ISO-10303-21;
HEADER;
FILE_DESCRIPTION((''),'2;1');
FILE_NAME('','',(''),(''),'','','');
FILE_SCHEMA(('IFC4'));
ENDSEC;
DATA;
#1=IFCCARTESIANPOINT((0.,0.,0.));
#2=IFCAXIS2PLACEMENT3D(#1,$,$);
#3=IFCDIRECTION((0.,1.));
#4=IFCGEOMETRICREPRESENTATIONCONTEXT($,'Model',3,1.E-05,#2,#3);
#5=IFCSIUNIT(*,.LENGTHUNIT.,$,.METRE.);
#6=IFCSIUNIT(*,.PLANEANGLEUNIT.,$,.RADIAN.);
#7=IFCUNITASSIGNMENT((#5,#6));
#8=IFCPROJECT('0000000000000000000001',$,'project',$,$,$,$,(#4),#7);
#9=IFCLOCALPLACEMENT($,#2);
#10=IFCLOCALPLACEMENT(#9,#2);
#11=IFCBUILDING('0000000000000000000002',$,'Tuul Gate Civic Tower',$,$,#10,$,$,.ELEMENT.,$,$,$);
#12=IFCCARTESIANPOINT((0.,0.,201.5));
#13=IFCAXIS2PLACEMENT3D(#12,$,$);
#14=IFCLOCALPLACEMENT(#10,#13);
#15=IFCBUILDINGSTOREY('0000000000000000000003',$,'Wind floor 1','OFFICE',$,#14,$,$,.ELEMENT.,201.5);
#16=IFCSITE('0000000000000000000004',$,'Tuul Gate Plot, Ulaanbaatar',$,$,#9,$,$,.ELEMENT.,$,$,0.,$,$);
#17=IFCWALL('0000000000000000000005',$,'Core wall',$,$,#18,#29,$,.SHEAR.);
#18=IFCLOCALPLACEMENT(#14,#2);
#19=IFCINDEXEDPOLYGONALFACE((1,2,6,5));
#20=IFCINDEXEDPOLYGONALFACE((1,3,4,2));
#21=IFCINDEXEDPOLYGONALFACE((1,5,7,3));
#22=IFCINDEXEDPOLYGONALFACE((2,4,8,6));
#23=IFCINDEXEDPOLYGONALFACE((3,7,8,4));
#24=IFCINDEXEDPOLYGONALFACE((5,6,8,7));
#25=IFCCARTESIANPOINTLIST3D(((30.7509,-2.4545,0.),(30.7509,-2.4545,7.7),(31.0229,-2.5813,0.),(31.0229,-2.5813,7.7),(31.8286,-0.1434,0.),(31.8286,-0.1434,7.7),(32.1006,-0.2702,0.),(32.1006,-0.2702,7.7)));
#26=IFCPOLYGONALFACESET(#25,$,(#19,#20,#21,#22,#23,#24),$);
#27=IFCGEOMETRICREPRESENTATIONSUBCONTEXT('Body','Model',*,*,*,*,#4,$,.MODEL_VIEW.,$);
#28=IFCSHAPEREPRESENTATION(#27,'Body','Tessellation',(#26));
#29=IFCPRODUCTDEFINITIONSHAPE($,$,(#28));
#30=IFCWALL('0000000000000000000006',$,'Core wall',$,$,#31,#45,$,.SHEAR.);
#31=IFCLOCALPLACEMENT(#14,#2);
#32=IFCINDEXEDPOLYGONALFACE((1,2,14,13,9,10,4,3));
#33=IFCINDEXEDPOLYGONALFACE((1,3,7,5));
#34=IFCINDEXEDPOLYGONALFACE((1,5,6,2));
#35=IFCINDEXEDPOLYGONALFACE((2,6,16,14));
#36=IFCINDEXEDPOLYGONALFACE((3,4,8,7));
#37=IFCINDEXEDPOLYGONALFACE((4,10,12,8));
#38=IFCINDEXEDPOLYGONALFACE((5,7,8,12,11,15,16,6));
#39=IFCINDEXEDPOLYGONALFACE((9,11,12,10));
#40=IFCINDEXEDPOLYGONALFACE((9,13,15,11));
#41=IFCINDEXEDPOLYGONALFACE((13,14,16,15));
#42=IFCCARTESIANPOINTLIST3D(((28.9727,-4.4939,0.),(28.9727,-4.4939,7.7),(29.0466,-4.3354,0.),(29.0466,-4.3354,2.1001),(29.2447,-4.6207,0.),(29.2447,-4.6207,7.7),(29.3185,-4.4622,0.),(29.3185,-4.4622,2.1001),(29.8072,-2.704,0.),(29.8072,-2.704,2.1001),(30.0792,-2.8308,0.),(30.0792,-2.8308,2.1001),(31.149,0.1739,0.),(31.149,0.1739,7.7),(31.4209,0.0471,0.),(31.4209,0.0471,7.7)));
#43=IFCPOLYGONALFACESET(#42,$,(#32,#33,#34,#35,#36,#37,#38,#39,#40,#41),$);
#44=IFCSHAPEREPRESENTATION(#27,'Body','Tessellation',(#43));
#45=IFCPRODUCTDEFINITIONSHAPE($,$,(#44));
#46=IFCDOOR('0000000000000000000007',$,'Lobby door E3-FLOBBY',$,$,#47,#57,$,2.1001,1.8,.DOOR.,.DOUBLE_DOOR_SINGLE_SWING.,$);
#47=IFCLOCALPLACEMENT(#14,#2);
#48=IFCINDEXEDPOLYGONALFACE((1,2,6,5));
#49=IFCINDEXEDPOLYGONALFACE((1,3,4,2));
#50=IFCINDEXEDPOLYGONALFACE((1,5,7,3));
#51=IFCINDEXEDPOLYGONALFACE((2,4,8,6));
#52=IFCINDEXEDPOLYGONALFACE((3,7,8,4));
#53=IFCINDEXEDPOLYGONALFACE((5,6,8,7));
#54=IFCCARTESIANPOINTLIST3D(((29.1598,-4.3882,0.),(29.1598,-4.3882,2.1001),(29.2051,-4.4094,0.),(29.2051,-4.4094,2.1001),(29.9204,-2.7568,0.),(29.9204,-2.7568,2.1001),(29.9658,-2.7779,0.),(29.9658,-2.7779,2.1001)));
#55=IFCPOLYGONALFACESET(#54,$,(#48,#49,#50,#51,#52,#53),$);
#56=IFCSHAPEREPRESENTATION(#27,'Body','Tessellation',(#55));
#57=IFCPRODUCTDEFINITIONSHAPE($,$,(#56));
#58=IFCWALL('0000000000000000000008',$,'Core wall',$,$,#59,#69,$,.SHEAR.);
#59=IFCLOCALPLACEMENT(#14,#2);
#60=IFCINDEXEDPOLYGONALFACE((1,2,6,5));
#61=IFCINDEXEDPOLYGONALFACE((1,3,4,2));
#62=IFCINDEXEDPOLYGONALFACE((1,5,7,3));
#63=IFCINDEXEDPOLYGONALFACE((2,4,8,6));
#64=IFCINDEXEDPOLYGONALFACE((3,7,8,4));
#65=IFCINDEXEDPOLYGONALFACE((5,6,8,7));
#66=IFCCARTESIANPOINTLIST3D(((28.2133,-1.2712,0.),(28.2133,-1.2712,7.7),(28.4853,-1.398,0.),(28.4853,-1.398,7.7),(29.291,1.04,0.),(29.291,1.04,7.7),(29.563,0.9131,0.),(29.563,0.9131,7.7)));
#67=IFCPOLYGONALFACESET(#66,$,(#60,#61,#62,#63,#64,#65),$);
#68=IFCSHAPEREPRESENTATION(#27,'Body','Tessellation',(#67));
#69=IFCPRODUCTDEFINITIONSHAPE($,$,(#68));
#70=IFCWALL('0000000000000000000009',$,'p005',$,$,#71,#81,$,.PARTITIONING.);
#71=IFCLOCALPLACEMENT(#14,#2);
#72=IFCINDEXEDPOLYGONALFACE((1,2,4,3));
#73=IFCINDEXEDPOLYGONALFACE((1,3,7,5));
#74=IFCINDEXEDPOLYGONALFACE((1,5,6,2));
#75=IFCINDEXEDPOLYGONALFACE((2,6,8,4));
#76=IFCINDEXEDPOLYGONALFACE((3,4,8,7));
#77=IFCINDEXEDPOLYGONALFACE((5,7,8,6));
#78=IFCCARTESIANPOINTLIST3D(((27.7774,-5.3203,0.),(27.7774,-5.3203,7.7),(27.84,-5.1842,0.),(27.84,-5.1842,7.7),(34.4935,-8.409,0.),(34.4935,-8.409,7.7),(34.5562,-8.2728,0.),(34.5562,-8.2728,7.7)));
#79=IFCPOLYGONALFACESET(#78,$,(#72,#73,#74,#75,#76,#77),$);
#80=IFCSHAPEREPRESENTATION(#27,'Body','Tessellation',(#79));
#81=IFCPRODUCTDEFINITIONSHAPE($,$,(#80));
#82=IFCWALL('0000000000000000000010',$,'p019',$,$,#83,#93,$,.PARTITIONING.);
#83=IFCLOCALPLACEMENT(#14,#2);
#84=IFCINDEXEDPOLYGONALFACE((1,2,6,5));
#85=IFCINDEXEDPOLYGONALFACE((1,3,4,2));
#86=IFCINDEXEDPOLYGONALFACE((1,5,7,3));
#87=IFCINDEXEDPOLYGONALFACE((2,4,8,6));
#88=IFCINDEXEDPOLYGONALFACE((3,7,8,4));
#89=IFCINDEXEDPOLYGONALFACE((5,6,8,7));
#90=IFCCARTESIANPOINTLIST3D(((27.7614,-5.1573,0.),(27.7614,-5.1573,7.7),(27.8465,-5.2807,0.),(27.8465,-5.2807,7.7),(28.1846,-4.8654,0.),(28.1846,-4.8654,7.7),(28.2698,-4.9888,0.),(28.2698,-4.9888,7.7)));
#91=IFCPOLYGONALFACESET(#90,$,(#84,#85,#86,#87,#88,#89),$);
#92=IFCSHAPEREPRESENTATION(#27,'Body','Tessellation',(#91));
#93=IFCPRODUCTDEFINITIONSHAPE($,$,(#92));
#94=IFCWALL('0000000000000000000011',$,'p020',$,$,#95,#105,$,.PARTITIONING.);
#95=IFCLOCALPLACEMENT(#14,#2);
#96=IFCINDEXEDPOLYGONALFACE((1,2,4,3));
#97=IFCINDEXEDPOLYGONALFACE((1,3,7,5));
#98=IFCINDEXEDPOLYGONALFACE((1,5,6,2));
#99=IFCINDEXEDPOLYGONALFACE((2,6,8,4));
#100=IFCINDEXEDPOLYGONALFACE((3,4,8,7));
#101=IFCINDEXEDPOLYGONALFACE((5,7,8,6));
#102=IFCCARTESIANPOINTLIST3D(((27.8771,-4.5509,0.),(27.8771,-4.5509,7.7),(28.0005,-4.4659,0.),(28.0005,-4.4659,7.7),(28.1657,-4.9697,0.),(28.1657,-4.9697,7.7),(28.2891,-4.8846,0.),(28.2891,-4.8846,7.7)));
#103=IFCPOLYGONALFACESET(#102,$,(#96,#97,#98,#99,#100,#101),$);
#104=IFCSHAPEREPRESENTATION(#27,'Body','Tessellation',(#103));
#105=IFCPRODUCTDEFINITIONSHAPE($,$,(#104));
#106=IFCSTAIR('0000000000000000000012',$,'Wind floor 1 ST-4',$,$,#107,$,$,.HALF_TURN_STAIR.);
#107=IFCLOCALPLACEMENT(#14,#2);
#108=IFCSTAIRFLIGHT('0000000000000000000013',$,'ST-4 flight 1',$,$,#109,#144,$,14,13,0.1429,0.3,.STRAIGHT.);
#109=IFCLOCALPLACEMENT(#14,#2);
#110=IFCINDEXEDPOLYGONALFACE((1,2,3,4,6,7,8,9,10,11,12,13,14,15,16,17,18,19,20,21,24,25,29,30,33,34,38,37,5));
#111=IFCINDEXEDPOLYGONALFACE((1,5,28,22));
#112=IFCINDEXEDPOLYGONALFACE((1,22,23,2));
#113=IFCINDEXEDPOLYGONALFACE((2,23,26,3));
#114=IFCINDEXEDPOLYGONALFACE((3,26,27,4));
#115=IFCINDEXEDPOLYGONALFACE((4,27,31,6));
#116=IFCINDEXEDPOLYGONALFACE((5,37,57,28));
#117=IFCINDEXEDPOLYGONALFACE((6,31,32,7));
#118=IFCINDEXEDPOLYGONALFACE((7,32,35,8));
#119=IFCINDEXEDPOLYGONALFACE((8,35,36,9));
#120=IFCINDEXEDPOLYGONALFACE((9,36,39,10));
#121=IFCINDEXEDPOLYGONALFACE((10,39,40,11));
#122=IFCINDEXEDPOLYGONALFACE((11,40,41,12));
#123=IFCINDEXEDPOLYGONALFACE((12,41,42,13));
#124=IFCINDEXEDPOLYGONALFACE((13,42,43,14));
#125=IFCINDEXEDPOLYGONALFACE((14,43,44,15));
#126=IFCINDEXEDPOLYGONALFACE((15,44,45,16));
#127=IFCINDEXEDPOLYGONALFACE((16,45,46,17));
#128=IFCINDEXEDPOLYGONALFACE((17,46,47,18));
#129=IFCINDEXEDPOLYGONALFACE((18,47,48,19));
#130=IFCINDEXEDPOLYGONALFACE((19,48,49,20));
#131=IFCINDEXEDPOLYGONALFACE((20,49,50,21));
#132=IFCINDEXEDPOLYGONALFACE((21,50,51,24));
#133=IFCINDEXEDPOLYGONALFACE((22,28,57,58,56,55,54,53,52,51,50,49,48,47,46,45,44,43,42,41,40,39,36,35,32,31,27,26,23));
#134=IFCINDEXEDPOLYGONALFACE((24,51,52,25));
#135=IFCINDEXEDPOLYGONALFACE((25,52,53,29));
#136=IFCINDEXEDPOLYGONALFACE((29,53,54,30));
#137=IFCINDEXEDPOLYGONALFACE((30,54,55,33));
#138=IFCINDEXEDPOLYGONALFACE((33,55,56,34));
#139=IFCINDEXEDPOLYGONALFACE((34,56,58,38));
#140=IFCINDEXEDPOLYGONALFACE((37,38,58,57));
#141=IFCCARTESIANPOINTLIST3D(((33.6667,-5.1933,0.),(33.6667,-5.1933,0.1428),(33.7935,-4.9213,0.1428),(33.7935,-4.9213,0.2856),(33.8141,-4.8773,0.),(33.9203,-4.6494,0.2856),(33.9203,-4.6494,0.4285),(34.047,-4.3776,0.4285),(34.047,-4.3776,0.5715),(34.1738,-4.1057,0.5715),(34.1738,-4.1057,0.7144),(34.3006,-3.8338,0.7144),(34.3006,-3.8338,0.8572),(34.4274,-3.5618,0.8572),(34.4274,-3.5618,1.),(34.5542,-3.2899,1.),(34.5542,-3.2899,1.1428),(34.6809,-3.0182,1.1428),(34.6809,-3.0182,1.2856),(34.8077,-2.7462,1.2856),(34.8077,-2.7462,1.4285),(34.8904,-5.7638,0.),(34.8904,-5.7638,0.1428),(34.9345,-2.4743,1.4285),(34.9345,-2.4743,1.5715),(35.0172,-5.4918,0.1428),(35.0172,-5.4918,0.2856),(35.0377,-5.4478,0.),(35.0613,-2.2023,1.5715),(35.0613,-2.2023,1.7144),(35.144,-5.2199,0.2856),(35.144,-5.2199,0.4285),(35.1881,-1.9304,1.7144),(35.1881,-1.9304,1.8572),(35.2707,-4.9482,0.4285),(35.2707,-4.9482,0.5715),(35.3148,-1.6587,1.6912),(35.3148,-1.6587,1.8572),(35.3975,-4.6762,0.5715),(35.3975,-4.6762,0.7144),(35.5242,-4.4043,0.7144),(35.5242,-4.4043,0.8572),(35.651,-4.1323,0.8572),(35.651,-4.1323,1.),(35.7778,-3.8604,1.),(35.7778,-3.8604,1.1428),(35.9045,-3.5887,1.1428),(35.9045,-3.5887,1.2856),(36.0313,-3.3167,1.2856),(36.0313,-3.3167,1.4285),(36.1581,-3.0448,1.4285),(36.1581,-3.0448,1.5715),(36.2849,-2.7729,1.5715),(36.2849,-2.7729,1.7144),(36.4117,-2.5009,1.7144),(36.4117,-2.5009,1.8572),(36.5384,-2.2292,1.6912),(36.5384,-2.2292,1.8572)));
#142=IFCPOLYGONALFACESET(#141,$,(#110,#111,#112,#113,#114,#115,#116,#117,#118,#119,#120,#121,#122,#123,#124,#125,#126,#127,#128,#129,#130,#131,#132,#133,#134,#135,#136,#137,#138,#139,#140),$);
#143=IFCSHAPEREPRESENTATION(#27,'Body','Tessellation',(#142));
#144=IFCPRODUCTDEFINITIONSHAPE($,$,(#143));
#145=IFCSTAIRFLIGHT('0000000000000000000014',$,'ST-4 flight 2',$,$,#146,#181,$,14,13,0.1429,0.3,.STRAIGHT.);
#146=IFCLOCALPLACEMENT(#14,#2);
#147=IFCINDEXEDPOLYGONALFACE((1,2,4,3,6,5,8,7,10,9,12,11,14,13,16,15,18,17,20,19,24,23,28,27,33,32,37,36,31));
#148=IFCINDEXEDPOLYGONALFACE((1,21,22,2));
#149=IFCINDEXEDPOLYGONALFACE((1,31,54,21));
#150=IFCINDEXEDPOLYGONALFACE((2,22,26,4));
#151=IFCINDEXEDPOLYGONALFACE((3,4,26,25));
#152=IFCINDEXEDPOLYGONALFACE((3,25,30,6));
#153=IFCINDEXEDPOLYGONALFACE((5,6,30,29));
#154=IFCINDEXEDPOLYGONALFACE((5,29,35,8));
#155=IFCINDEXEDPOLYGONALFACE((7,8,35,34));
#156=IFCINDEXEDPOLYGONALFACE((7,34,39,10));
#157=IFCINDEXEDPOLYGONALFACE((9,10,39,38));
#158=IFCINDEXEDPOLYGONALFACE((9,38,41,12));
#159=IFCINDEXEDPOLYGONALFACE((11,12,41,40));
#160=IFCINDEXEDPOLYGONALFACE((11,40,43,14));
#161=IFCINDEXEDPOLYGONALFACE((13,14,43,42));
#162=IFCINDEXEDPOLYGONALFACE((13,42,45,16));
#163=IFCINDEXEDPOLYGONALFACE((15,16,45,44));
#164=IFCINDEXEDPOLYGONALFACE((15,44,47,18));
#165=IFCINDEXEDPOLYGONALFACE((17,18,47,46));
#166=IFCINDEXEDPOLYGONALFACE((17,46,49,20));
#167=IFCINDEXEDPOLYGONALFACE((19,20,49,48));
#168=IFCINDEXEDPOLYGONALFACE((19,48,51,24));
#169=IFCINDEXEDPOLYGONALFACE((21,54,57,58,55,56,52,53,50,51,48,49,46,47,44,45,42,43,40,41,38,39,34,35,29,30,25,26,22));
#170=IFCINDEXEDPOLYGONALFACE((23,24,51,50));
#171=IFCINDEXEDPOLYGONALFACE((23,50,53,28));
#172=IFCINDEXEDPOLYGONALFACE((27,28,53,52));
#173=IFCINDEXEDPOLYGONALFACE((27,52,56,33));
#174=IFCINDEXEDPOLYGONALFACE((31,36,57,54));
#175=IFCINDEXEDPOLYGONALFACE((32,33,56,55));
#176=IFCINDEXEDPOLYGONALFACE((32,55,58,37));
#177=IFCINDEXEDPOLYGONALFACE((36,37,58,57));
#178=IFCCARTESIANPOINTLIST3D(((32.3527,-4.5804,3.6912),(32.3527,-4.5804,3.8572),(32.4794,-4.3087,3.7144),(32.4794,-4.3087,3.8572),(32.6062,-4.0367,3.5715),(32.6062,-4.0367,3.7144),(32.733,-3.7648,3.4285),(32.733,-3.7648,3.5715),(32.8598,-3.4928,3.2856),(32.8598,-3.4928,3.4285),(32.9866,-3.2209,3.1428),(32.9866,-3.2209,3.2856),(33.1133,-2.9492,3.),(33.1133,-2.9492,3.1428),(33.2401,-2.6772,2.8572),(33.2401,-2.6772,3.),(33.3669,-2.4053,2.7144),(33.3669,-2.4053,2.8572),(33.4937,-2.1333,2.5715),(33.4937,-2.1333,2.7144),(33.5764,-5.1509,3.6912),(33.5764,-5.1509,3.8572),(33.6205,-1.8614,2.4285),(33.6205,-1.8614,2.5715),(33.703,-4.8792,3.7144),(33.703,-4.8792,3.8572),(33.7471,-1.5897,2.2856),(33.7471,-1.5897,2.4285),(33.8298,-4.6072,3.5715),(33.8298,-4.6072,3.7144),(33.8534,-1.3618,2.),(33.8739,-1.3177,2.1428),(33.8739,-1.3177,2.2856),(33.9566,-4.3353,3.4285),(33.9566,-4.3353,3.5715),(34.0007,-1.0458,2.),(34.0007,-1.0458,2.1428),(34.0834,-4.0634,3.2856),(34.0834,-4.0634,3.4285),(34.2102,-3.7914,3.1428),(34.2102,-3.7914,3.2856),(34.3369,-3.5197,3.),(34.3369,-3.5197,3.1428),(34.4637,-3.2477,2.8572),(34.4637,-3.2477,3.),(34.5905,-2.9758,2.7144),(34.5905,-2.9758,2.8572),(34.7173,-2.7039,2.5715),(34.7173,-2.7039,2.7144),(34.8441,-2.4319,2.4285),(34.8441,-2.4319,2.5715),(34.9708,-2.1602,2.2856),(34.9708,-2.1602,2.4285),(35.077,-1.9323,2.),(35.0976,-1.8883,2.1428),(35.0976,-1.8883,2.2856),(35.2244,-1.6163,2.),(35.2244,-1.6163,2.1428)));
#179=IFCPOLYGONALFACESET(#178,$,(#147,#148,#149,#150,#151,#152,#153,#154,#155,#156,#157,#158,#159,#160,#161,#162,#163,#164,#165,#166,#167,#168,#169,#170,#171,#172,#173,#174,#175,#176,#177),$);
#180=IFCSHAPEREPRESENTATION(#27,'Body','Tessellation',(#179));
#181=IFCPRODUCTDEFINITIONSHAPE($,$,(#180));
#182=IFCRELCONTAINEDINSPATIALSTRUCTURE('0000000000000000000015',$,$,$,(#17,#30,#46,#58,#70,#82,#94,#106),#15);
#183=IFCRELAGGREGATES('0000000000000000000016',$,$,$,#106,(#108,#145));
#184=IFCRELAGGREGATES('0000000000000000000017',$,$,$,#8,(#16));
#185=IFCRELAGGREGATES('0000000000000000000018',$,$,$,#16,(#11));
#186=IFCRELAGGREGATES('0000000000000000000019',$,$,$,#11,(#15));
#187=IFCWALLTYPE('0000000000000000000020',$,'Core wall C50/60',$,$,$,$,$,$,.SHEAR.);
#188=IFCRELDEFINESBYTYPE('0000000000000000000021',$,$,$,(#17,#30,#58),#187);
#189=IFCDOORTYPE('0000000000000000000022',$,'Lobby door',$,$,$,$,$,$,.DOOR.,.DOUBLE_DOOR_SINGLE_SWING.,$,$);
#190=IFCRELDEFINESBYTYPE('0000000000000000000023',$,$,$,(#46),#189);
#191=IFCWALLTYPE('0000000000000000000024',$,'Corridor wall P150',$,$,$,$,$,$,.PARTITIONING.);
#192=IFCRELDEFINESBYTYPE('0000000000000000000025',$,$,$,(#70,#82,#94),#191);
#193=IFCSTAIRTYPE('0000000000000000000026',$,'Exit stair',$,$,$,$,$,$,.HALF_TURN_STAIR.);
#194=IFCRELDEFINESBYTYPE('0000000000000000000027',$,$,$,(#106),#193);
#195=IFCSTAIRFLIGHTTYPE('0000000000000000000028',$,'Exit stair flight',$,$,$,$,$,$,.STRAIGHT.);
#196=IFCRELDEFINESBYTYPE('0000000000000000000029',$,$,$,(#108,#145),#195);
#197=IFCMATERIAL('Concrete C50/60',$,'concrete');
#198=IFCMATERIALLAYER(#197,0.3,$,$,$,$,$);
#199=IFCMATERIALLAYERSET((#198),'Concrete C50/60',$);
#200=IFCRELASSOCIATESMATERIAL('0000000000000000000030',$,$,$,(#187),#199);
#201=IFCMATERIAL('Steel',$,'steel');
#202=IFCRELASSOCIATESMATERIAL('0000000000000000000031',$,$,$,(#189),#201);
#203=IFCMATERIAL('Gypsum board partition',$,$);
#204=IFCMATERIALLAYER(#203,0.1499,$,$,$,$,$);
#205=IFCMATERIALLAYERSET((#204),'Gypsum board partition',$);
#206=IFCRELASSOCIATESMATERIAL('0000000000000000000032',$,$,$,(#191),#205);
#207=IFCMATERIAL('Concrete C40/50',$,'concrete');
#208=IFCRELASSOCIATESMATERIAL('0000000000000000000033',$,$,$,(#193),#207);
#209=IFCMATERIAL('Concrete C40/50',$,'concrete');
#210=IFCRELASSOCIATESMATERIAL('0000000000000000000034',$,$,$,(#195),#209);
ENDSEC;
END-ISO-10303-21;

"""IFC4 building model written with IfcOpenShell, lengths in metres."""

from ifc_helpers import new_model, si_unit, direction, frame, frame_2d, origin, place, context, subcontext, project, spatial, polyline, rectangle, outline, extrude, material, layer, layer_set, type_object, element, fill, aggregate, save


model = new_model("IFC4")

# Units and contexts
model_context = context("Model", 3, precision=1e-05, world=origin(), true_north=direction((0.0, 1.0)))
body_context = subcontext(model_context, "Body", "Model", "MODEL_VIEW")
ifc_project = project(units=[si_unit("LENGTHUNIT", "METRE"), si_unit("PLANEANGLEUNIT", "RADIAN")], contexts=[model_context])

# Site, building, storey
site_placement = place(None, origin())
site = spatial("IfcSite", under=ifc_project, at=site_placement, Name="Tuul Gate Plot, Ulaanbaatar", CompositionType="ELEMENT", RefElevation=0.0)
building_placement = place(site_placement, origin())
building = spatial("IfcBuilding", under=site, at=building_placement, Name="Tuul Gate Civic Tower", CompositionType="ELEMENT")
storey_placement = place(building_placement, frame((0.0, 0.0, 201.5)))
storey = spatial("IfcBuildingStorey", under=building, at=storey_placement, Name="Wind floor 1", Description="OFFICE", CompositionType="ELEMENT", Elevation=201.5)

# Shared definitions
ifc_material_1 = material(Name="Concrete C50/60", Category="concrete")
ifc_layer_1 = layer(ifc_material_1, 0.3)
ifc_layer_set_1 = layer_set([ifc_layer_1], Name="Concrete C50/60")
wall_type_1 = type_object("IfcWallType", Name="Core wall C50/60", PredefinedType="SHEAR", material=ifc_layer_set_1)
ifc_material_2 = material(Name="Steel", Category="steel")
door_type_1 = type_object("IfcDoorType", Name="Lobby door", OperationType="DOUBLE_DOOR_SINGLE_SWING", PredefinedType="DOOR", material=ifc_material_2)

# Wall
wall_1_placement = place(storey_placement, frame((30.887, -2.5178, 0.0), z_axis=(0.0, 0.0, 1.0), x_axis=(0.422613, 0.90631, 0.0)))
element("IfcWall", 1, at=wall_1_placement, inside=storey, type_object=wall_type_1, Name="Core wall", PredefinedType="SHEAR", context=body_context, shape_type="SweptSolid", body=[
    extrude(rectangle(XDim=2.55, YDim=0.3, at=frame_2d((1.2749, 0.0))), origin(), (0.0, 0.0, 1.0), 7.7),
])

# Wall, opening, door
wall_2_placement = place(storey_placement, frame((29.1086, -4.5574, 0.0), z_axis=(0.0, 0.0, 1.0), x_axis=(0.422566, 0.906332, 0.0)))
wall_2 = element("IfcWall", 2, at=wall_2_placement, inside=storey, type_object=wall_type_1, Name="Core wall", PredefinedType="SHEAR", context=body_context, shape_type="SweptSolid", body=[
    extrude(rectangle(XDim=5.1501, YDim=0.3, at=frame_2d((2.5752, 0.0))), origin(), (0.0, 0.0, 1.0), 7.7),
])
opening_1_placement = place(wall_2_placement, frame((0.175, 0.0, 0.0)))
opening_1 = element("IfcOpeningElement", 3, at=opening_1_placement, cuts=wall_2, PredefinedType="OPENING", context=body_context, shape_type="SweptSolid", body=[
    extrude(rectangle(XDim=1.8, YDim=2.1001, at=frame_2d((0.8999, 1.05))), frame((0.0, 0.1602, 0.0), z_axis=(0.0, -1.0, 0.0), x_axis=(1.0, 0.0, 0.0)), (0.0, 0.0, 1.0), 0.3201),
])
door_1_placement = place(opening_1_placement, frame((1.8, 0.0, 0.0), z_axis=(0.0, 0.0, 1.0), x_axis=(-1.0, 0.0, 0.0)))
door_1 = element("IfcDoor", 4, at=door_1_placement, inside=storey, type_object=door_type_1, Name="Lobby door E3-FLOBBY", OperationType="DOUBLE_DOOR_SINGLE_SWING", OverallHeight=2.1001, OverallWidth=1.8, PredefinedType="DOOR", context=body_context, shape_type="SweptSolid", body=[
    extrude(rectangle(XDim=1.8, YDim=2.1001, at=frame_2d((0.9001, 1.05))), frame((0.0, 0.0249, 0.0), z_axis=(0.0, -1.0, 0.0), x_axis=(1.0, 0.0, 0.0)), (0.0, 0.0, 1.0), 0.05),
])
fill(opening_1, door_1)

# Walls
wall_3_placement = place(storey_placement, frame((28.3494, -1.3345, 0.0), z_axis=(0.0, 0.0, 1.0), x_axis=(0.422613, 0.90631, 0.0)))
element("IfcWall", 5, at=wall_3_placement, inside=storey, type_object=wall_type_1, Name="Core wall", PredefinedType="SHEAR", context=body_context, shape_type="SweptSolid", body=[
    extrude(rectangle(XDim=2.55, YDim=0.3, at=frame_2d((1.2749, 0.0))), origin(), (0.0, 0.0, 1.0), 7.7),
])
ifc_material_3 = material(Name="Gypsum board partition")
ifc_layer_2 = layer(ifc_material_3, 0.1499)
ifc_layer_set_2 = layer_set([ifc_layer_2], Name="Gypsum board partition")
wall_type_2 = type_object("IfcWallType", Name="Corridor wall P150", PredefinedType="PARTITIONING", material=ifc_layer_set_2)
wall_4_placement = place(storey_placement, frame((27.8086, -5.2522, 0.0), z_axis=(0.0, 0.0, 1.0), x_axis=(0.90853, -0.41782, 0.0)))
element("IfcWall", 6, at=wall_4_placement, inside=storey, type_object=wall_type_2, Name="p005", PredefinedType="PARTITIONING", context=body_context, shape_type="SweptSolid", body=[
    extrude(rectangle(XDim=7.3923, YDim=0.1499, at=frame_2d((3.6963, 0.0))), origin(), (0.0, 0.0, 1.0), 7.7),
])
wall_5_placement = place(storey_placement, frame((27.804, -5.219, 0.0), z_axis=(0.0, 0.0, 1.0), x_axis=(0.823182, 0.567777, 0.0)))
element("IfcWall", 7, at=wall_5_placement, inside=storey, type_object=wall_type_2, Name="p019", PredefinedType="PARTITIONING", context=body_context, shape_type="SweptSolid", body=[
    extrude(rectangle(XDim=0.5142, YDim=0.1499, at=frame_2d((0.2571, 0.0))), origin(), (0.0, 0.0, 1.0), 7.7),
])
wall_6_placement = place(storey_placement, frame((27.9387, -4.5083, 0.0), z_axis=(0.0, 0.0, 1.0), x_axis=(0.567486, -0.823383, 0.0)))
element("IfcWall", 8, at=wall_6_placement, inside=storey, type_object=wall_type_2, Name="p020", PredefinedType="PARTITIONING", context=body_context, shape_type="SweptSolid", body=[
    extrude(rectangle(XDim=0.5085, YDim=0.1499, at=frame_2d((0.2544, 0.0))), origin(), (0.0, 0.0, 1.0), 7.7),
])

# Stair, stair flights
ifc_material_4 = material(Name="Concrete C40/50", Category="concrete")
stair_type = type_object("IfcStairType", Name="Exit stair", PredefinedType="HALF_TURN_STAIR", material=ifc_material_4)
stair_placement = place(storey_placement, origin())
stair = element("IfcStair", 9, at=stair_placement, inside=storey, type_object=stair_type, Name="Wind floor 1 ST-4", PredefinedType="HALF_TURN_STAIR")
ifc_material_5 = material(Name="Concrete C40/50", Category="concrete")
stair_flight_type = type_object("IfcStairFlightType", Name="Exit stair flight", PredefinedType="STRAIGHT", material=ifc_material_5)
stair_flight_1_placement = place(storey_placement, frame((34.2786, -5.4785, 0.0), z_axis=(0.0, 0.0, 1.0), x_axis=(0.422576, 0.906327, 0.0)))
stair_flight_1 = element("IfcStairFlight", 10, at=stair_flight_1_placement, type_object=stair_flight_type, Name="ST-4 flight 1", NumberOfRisers=14, NumberOfTreads=13, PredefinedType="STRAIGHT", RiserHeight=0.1429, TreadLength=0.3, context=body_context, shape_type="SweptSolid", body=[
    extrude(outline(polyline([(0.0, 0.0), (0.0, 0.1428), (0.3, 0.1428), (0.3, 0.2856), (0.6001, 0.2856), (0.6001, 0.4285), (0.8999, 0.4285), (0.8999, 0.5715), (1.2, 0.5715), (1.2, 0.7144), (1.5, 0.7144), (1.5, 0.8572), (1.8, 0.8572), (1.8, 1.0), (2.1001, 1.0), (2.1001, 1.1428), (2.3999, 1.1428), (2.3999, 1.2856), (2.7, 1.2856), (2.7, 1.4285), (3.0, 1.4285), (3.0, 1.5715), (3.3, 1.5715), (3.3, 1.7144), (3.6001, 1.7144), (3.6001, 1.8572), (3.8999, 1.8572), (3.8999, 2.0), (3.8999, 1.6912), (0.3486, 0.0), (0.0, 0.0)])), frame((0.0, 0.675, 0.0), z_axis=(0.0, -1.0, 0.0), x_axis=(1.0, 0.0, 0.0)), (0.0, 0.0, 1.0), 1.3501),
])
stair_flight_2_placement = place(storey_placement, frame((34.6125, -1.3311, 2.0), z_axis=(0.0, 0.0, 1.0), x_axis=(-0.422576, -0.906327, 0.0)))
stair_flight_2 = element("IfcStairFlight", 11, at=stair_flight_2_placement, type_object=stair_flight_type, Name="ST-4 flight 2", NumberOfRisers=14, NumberOfTreads=13, PredefinedType="STRAIGHT", RiserHeight=0.1429, TreadLength=0.3, context=body_context, shape_type="SweptSolid", body=[
    extrude(outline(polyline([(0.0, 0.0), (0.0, 0.1428), (0.3, 0.1428), (0.3, 0.2856), (0.6001, 0.2856), (0.6001, 0.4285), (0.8999, 0.4285), (0.8999, 0.5715), (1.2, 0.5715), (1.2, 0.7144), (1.5, 0.7144), (1.5, 0.8572), (1.8, 0.8572), (1.8, 1.0), (2.1001, 1.0), (2.1001, 1.1428), (2.3999, 1.1428), (2.3999, 1.2856), (2.7, 1.2856), (2.7, 1.4285), (3.0, 1.4285), (3.0, 1.5715), (3.3, 1.5715), (3.3, 1.7144), (3.6001, 1.7144), (3.6001, 1.8572), (3.8999, 1.8572), (3.8999, 2.0), (3.8999, 1.6912), (0.3486, 0.0), (0.0, 0.0)])), frame((0.0, 0.675, 0.0), z_axis=(0.0, -1.0, 0.0), x_axis=(1.0, 0.0, 0.0)), (0.0, 0.0, 1.0), 1.3501),
])
aggregate(stair, [stair_flight_1, stair_flight_2])

save(model, "model.ifc")
